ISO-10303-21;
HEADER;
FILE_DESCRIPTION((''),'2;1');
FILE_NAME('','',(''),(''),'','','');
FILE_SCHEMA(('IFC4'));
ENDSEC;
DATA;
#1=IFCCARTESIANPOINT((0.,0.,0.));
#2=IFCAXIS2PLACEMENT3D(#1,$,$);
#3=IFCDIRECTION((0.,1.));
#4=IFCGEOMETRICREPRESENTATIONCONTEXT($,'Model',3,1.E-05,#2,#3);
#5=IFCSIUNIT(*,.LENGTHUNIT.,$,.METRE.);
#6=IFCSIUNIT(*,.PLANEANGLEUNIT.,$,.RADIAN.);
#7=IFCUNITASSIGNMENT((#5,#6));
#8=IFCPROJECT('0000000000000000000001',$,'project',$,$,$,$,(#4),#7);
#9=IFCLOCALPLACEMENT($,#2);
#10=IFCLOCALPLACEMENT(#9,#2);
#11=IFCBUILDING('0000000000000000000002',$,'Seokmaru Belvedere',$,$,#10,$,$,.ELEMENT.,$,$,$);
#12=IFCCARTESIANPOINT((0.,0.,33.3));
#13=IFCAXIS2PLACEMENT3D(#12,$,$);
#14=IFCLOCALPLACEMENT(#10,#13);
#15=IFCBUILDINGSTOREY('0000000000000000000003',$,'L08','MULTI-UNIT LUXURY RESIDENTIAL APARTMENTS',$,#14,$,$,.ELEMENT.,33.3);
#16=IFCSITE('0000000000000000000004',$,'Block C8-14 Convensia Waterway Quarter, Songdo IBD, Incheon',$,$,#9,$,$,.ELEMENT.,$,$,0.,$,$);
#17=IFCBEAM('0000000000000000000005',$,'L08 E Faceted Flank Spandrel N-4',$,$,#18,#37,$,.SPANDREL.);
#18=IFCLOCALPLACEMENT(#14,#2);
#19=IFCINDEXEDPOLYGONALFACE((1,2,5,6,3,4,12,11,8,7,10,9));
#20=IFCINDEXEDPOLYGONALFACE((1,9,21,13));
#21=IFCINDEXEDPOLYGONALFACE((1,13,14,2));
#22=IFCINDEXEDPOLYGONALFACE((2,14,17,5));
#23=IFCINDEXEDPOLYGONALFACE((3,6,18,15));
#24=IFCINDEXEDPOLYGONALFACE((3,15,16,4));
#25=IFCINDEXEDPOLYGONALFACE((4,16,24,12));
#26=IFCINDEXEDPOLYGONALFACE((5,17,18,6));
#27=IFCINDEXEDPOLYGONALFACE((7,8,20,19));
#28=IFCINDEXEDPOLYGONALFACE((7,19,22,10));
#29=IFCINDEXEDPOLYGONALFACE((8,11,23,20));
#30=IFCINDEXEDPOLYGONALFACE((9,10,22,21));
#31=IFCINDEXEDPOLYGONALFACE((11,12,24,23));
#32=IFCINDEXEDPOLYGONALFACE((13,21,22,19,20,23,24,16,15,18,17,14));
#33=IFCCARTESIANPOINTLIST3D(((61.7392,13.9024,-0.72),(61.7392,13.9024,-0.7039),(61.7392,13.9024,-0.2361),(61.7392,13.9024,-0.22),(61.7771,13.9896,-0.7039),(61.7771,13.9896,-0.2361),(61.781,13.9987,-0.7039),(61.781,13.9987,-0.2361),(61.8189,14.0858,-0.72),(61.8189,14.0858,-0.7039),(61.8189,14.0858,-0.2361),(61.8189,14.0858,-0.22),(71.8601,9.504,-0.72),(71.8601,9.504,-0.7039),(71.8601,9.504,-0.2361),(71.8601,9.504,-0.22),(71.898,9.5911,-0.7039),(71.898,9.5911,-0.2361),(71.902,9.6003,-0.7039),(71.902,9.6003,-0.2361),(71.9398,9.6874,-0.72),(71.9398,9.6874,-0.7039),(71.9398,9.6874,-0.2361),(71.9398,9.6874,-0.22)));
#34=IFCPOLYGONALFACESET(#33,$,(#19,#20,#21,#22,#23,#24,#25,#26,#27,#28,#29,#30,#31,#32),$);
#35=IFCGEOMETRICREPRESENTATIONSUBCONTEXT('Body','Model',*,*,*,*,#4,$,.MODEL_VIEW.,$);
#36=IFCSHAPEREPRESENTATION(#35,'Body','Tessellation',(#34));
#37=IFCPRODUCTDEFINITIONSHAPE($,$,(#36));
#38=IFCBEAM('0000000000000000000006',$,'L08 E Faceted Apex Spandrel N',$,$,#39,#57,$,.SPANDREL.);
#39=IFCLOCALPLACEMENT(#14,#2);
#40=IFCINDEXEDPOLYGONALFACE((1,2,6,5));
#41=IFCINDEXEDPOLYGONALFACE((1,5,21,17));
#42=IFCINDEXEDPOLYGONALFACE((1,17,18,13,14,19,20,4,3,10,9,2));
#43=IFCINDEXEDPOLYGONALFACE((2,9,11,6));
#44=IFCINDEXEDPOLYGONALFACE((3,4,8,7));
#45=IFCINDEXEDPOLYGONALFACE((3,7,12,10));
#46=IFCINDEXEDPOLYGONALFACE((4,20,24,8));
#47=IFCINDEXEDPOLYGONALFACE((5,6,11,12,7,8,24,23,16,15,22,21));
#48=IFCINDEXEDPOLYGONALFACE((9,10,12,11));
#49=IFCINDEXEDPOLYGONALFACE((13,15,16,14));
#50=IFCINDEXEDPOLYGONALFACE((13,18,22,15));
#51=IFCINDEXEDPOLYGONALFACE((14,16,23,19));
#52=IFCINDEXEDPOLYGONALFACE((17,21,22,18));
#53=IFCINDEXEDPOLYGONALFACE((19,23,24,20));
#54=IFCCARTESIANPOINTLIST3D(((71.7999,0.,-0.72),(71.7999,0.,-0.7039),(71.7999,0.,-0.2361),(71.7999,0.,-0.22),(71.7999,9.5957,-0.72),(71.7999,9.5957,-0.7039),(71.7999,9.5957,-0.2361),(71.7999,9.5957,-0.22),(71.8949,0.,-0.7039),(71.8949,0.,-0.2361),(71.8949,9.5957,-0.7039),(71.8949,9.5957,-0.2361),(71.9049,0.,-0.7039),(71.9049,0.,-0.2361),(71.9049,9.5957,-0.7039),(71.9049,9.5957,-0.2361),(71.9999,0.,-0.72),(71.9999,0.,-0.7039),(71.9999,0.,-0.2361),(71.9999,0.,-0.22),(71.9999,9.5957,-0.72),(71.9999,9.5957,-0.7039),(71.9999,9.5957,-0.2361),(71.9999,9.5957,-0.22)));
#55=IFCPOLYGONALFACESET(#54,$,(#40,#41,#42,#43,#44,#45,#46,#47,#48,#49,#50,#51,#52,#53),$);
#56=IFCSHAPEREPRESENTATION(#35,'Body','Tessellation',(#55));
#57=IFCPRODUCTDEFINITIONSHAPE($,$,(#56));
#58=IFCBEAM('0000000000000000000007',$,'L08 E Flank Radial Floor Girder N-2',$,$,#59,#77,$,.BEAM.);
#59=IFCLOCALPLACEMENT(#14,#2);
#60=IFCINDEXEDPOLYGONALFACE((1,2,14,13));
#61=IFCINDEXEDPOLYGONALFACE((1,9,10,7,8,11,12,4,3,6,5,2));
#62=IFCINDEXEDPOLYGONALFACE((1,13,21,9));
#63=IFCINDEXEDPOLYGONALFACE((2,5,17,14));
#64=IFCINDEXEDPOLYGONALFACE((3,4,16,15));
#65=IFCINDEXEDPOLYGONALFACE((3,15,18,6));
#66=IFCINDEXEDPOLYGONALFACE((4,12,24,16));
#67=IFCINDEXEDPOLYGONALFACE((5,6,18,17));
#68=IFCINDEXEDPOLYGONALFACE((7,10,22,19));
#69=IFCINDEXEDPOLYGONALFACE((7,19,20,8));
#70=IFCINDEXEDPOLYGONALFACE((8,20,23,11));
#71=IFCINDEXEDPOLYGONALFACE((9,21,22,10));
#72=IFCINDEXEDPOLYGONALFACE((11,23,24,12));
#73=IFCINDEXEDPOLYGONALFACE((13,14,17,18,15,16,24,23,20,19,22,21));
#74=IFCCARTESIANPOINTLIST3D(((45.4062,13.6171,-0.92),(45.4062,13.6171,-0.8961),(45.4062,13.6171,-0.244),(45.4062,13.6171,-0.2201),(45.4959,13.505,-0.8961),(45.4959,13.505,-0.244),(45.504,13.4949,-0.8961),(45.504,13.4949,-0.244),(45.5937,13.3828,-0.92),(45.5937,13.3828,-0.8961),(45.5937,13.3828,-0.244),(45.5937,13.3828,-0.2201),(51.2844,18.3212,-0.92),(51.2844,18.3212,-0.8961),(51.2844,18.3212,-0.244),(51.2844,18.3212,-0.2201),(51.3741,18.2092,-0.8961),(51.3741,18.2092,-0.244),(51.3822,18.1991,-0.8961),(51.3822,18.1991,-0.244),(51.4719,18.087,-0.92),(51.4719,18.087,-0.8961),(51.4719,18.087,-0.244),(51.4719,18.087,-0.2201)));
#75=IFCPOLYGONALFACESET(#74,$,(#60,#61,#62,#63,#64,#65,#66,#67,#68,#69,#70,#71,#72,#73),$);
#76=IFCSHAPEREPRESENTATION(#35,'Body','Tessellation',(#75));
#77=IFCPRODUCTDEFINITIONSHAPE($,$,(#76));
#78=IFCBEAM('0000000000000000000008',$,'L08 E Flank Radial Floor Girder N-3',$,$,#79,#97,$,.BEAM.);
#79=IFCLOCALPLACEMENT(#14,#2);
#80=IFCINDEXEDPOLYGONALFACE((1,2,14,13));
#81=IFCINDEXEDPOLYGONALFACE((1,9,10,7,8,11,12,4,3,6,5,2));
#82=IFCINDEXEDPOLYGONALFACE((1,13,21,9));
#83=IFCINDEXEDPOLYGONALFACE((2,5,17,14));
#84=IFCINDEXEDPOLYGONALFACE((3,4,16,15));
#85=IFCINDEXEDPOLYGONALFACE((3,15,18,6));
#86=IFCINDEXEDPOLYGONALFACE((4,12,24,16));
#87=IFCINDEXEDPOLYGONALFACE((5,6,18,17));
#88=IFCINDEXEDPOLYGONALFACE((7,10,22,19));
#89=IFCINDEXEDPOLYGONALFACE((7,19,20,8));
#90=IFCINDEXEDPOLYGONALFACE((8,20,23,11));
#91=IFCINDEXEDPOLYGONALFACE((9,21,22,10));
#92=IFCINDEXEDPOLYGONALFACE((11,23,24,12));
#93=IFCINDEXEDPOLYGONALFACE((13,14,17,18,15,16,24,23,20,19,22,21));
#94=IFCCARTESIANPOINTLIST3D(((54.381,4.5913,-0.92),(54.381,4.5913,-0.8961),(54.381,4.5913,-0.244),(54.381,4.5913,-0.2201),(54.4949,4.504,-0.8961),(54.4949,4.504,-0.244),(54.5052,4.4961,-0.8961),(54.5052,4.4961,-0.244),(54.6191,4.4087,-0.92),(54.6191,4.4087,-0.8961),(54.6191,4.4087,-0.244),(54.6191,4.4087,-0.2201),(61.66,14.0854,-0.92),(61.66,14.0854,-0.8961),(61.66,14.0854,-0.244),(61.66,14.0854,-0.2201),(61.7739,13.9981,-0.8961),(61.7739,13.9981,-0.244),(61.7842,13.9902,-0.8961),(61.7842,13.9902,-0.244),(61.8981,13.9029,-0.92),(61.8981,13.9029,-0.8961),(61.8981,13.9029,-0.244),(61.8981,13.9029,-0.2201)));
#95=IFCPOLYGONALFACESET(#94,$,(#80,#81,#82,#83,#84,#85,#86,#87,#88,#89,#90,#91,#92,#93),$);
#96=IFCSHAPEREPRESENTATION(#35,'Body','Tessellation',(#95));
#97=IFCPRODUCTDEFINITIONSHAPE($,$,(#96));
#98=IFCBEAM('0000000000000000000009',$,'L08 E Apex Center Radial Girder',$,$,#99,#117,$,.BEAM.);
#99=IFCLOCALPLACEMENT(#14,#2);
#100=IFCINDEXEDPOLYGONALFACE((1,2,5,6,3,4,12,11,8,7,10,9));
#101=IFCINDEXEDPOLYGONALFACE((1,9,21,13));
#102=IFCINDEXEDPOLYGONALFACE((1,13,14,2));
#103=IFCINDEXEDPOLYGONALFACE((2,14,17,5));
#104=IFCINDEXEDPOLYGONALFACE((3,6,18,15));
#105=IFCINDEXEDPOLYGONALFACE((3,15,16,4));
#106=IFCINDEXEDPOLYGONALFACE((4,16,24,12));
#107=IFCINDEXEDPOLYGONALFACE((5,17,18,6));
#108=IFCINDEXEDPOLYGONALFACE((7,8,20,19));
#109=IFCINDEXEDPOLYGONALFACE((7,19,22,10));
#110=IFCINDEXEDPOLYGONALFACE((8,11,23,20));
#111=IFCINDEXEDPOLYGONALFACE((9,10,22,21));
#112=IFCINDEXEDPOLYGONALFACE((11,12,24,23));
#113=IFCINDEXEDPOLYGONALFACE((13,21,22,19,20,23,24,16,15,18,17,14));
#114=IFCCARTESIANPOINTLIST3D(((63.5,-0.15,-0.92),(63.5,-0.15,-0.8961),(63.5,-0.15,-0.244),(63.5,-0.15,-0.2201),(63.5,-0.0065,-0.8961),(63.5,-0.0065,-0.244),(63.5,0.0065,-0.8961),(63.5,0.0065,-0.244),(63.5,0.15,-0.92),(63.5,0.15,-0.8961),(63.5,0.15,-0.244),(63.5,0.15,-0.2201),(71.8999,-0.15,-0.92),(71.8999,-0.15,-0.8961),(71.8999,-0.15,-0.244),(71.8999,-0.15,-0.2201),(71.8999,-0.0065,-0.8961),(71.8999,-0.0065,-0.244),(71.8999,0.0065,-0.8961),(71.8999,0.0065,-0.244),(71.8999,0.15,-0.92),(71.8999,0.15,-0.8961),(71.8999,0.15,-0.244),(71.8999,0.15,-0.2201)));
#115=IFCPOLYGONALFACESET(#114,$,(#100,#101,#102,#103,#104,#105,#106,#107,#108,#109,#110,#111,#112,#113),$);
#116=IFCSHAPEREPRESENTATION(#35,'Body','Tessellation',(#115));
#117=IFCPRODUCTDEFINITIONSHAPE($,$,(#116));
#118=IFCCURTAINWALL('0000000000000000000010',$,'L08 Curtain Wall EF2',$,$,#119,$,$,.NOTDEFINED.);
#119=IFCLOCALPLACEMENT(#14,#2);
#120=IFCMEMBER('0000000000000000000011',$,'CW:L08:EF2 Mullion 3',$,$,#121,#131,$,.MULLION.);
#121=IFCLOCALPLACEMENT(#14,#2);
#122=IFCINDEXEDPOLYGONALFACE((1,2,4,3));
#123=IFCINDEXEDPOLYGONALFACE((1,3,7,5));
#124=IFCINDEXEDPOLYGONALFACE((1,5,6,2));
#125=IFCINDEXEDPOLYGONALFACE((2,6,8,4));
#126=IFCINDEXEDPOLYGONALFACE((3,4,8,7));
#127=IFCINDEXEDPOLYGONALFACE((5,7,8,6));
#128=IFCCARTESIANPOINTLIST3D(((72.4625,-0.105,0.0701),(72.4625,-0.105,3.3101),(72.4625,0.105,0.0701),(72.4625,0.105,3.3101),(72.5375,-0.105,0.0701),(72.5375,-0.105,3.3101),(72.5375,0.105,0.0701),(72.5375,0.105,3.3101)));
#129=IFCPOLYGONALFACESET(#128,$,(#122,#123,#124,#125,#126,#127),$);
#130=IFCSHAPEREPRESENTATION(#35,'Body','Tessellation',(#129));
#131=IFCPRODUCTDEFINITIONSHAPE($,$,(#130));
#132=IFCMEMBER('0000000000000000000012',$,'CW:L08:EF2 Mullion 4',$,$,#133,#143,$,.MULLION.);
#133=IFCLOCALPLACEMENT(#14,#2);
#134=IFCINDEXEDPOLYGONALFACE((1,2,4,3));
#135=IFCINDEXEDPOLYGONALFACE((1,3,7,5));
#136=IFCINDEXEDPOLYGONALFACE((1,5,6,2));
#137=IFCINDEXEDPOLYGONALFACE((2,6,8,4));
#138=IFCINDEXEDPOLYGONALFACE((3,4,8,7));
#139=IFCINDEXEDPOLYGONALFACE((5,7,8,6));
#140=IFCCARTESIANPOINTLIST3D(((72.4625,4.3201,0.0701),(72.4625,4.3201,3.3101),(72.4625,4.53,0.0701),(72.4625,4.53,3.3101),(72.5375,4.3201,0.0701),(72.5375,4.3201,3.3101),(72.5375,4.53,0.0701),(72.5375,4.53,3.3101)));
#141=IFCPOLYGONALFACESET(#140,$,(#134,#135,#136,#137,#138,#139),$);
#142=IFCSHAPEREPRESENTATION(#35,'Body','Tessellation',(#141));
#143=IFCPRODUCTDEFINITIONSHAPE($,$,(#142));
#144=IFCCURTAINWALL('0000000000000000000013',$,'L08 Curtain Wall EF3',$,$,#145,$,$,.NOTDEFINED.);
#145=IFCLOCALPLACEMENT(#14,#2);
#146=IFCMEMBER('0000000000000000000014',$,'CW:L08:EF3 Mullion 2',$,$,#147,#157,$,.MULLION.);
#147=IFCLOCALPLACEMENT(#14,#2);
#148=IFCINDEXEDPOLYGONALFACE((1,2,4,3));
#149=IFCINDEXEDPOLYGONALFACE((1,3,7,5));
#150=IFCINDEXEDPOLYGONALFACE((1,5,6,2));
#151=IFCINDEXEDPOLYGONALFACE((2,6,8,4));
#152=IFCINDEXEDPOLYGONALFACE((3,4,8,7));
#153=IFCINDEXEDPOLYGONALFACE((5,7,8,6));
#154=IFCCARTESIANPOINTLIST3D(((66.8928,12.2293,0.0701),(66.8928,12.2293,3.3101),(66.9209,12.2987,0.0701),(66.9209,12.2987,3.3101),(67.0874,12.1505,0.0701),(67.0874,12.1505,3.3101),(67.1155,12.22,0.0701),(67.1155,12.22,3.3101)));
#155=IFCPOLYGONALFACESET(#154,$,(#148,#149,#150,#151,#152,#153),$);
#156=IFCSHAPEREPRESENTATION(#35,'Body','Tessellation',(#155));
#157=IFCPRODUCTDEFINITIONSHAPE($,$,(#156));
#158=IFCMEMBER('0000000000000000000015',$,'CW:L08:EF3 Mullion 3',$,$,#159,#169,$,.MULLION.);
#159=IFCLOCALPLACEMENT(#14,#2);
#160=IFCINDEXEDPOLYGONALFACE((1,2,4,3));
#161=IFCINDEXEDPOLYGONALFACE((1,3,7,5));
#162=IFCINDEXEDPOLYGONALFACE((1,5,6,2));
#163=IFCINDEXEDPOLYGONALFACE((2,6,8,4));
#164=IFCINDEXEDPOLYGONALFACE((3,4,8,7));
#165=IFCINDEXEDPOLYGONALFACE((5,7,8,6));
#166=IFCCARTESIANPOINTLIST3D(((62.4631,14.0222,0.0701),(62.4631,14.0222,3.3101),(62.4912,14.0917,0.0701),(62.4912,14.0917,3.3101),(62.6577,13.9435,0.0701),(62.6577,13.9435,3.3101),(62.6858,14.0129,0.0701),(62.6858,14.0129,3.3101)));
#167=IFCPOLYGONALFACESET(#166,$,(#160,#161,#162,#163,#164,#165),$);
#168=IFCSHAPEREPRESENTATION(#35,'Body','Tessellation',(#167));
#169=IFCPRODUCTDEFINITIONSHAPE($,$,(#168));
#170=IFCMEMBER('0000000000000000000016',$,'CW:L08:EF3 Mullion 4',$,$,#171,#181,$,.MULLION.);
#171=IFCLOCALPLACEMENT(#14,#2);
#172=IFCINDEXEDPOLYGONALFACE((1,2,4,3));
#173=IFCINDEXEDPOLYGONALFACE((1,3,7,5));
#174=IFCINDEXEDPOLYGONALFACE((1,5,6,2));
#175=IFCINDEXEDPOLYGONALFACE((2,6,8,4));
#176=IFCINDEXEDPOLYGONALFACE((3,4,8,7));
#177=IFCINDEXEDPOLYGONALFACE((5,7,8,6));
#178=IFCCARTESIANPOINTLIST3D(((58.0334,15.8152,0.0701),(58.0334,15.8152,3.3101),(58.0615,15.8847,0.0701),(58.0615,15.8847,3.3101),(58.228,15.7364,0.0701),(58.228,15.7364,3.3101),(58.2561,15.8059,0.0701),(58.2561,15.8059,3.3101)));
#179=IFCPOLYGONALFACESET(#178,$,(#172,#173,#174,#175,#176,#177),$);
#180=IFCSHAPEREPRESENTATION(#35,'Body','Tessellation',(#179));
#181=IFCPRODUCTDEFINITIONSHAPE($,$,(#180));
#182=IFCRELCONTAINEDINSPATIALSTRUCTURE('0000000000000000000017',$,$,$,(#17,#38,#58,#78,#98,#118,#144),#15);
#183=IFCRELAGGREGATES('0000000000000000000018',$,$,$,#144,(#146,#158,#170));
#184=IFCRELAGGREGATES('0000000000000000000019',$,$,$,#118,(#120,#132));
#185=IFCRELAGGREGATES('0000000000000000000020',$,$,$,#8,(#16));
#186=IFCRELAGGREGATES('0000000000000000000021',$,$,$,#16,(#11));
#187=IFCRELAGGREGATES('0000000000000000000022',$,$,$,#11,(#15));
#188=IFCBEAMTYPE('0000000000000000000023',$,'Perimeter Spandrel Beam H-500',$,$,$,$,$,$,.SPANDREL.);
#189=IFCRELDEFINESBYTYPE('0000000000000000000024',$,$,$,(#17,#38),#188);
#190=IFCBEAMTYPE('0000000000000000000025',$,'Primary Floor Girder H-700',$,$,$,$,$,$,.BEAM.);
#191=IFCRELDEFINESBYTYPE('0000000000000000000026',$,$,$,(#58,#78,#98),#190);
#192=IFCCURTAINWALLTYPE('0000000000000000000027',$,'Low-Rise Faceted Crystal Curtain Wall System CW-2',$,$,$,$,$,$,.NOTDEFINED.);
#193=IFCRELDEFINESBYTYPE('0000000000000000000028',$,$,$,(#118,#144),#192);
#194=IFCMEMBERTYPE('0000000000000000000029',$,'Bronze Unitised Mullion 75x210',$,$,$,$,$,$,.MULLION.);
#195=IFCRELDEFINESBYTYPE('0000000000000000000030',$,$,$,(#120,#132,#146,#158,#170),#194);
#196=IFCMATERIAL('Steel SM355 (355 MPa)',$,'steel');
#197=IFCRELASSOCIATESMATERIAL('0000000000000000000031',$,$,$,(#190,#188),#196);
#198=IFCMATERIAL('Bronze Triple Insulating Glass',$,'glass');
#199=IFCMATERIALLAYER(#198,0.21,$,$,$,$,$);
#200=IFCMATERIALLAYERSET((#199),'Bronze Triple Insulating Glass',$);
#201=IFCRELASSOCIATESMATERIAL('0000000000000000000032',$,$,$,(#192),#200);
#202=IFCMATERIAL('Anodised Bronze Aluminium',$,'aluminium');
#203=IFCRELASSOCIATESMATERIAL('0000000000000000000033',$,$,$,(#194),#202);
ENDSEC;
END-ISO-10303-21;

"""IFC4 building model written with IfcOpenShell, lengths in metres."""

from ifc_helpers import new_model, si_unit, direction, frame, origin, origin_2d, place, context, subcontext, project, spatial, rectangle, i_section, extrude, source, transform, mapped, material, layer, layer_set, material_profile, profile_set, type_object, element, aggregate, save


model = new_model("IFC4")

# Units and contexts
model_context = context("Model", 3, precision=1e-05, world=origin(), true_north=direction((0.0, 1.0)))
body_context = subcontext(model_context, "Body", "Model", "MODEL_VIEW")
ifc_project = project(units=[si_unit("LENGTHUNIT", "METRE"), si_unit("PLANEANGLEUNIT", "RADIAN")], contexts=[model_context])

# Site, building, storey
site_placement = place(None, origin())
site = spatial("IfcSite", under=ifc_project, at=site_placement, Name="Block C8-14 Convensia Waterway Quarter, Songdo IBD, Incheon", CompositionType="ELEMENT", RefElevation=0.0)
building_placement = place(site_placement, origin())
building = spatial("IfcBuilding", under=site, at=building_placement, Name="Seokmaru Belvedere", CompositionType="ELEMENT")
storey_placement = place(building_placement, frame((0.0, 0.0, 33.3)))
storey = spatial("IfcBuildingStorey", under=building, at=storey_placement, Name="L08", Description="MULTI-UNIT LUXURY RESIDENTIAL APARTMENTS", CompositionType="ELEMENT", Elevation=33.3)

# Shared definitions
ifc_material_1 = material(Name="Steel SM355 (355 MPa)", Category="steel")

# Beams
ifc_material_profile_1 = material_profile(ifc_material_1, i_section(OverallWidth=0.3, OverallDepth=0.7, WebThickness=0.0129, FlangeThickness=0.0239, at=origin_2d()), Name="H-700x300x13x24")
ifc_profile_set_1 = profile_set([ifc_material_profile_1], Name="Steel SM355 (355 MPa)")
beam_type_1 = type_object("IfcBeamType", Name="Primary Floor Girder H-700", PredefinedType="BEAM", material=ifc_profile_set_1)
ifc_material_profile_2 = material_profile(ifc_material_1, i_section(OverallWidth=0.2, OverallDepth=0.5, WebThickness=0.01, FlangeThickness=0.0161, at=origin_2d()), Name="H-500x200x10x16")
ifc_profile_set_2 = profile_set([ifc_material_profile_2], Name="Steel SM355 (355 MPa)")
beam_type_2 = type_object("IfcBeamType", Name="Perimeter Spandrel Beam H-500", PredefinedType="SPANDREL", material=ifc_profile_set_2)
shared_shape_1 = source(origin(), body_context, "Body", "SweptSolid", [
    extrude(i_section(OverallWidth=0.2, OverallDepth=0.5, WebThickness=0.01, FlangeThickness=0.0161, at=origin_2d()), origin(), (0.0, 0.0, 1.0), 11.0354),
])
beam_1_placement = place(storey_placement, frame((61.7791, 13.9941, -0.47), z_axis=(0.917134, -0.398579, 0.0), x_axis=(0.398579, 0.917134, 0.0)))
element("IfcBeam", 1, at=beam_1_placement, inside=storey, type_object=beam_type_2, Name="L08 E Faceted Flank Spandrel N-4", PredefinedType="SPANDREL", context=body_context, shape_type="MappedRepresentation", body=[
    mapped(shared_shape_1, transform((0.0, 0.0, 0.0), scale=1.0)),
])
shared_shape_2 = source(origin(), body_context, "Body", "SweptSolid", [
    extrude(i_section(OverallWidth=0.2, OverallDepth=0.5, WebThickness=0.01, FlangeThickness=0.0161, at=origin_2d()), origin(), (0.0, 0.0, 1.0), 9.5957),
])
beam_2_placement = place(storey_placement, frame((71.8999, 0.0, -0.47), z_axis=(0.0, 1.0, 0.0), x_axis=(-1.0, 0.0, 0.0)))
element("IfcBeam", 2, at=beam_2_placement, inside=storey, type_object=beam_type_2, Name="L08 E Faceted Apex Spandrel N", PredefinedType="SPANDREL", context=body_context, shape_type="MappedRepresentation", body=[
    mapped(shared_shape_2, transform((0.0, 0.0, 0.0), scale=1.0)),
])
shared_shape_3 = source(origin(), body_context, "Body", "SweptSolid", [
    extrude(i_section(OverallWidth=0.3, OverallDepth=0.7, WebThickness=0.0129, FlangeThickness=0.0239, at=origin_2d()), origin(), (0.0, 0.0, 1.0), 7.5288),
])
beam_3_placement = place(storey_placement, frame((51.3782, 18.2041, -0.5701), z_axis=(-0.780768, -0.624822, 0.0), x_axis=(0.624822, -0.780768, 0.0)))
element("IfcBeam", 3, at=beam_3_placement, inside=storey, type_object=beam_type_1, Name="L08 E Flank Radial Floor Girder N-2", PredefinedType="BEAM", context=body_context, shape_type="MappedRepresentation", body=[
    mapped(shared_shape_3, transform((0.0, 0.0, 0.0), scale=1.0)),
])
shared_shape_4 = source(origin(), body_context, "Body", "SweptSolid", [
    extrude(i_section(OverallWidth=0.3, OverallDepth=0.7, WebThickness=0.0129, FlangeThickness=0.0239, at=origin_2d()), origin(), (0.0, 0.0, 1.0), 11.9634),
])
beam_4_placement = place(storey_placement, frame((61.7791, 13.9941, -0.5701), z_axis=(-0.608443, -0.793598, 0.0), x_axis=(0.793598, -0.608443, 0.0)))
element("IfcBeam", 4, at=beam_4_placement, inside=storey, type_object=beam_type_1, Name="L08 E Flank Radial Floor Girder N-3", PredefinedType="BEAM", context=body_context, shape_type="MappedRepresentation", body=[
    mapped(shared_shape_4, transform((0.0, 0.0, 0.0), scale=1.0)),
])
shared_shape_5 = source(origin(), body_context, "Body", "SweptSolid", [
    extrude(i_section(OverallWidth=0.3, OverallDepth=0.7, WebThickness=0.0129, FlangeThickness=0.0239, at=origin_2d()), origin(), (0.0, 0.0, 1.0), 8.3999),
])
beam_5_placement = place(storey_placement, frame((71.8999, 0.0, -0.5701), z_axis=(-1.0, 0.0, 0.0), x_axis=(0.0, -1.0, 0.0)))
element("IfcBeam", 5, at=beam_5_placement, inside=storey, type_object=beam_type_1, Name="L08 E Apex Center Radial Girder", PredefinedType="BEAM", context=body_context, shape_type="MappedRepresentation", body=[
    mapped(shared_shape_5, transform((0.0, 0.0, 0.0), scale=1.0)),
])

# Curtain walls, members
ifc_material_2 = material(Name="Bronze Triple Insulating Glass", Category="glass")
ifc_layer_1 = layer(ifc_material_2, 0.21)
ifc_layer_set_1 = layer_set([ifc_layer_1], Name="Bronze Triple Insulating Glass")
curtain_wall_type = type_object("IfcCurtainWallType", Name="Low-Rise Faceted Crystal Curtain Wall System CW-2", PredefinedType="NOTDEFINED", material=ifc_layer_set_1)
curtain_wall_1_placement = place(storey_placement, origin())
curtain_wall_1 = element("IfcCurtainWall", 6, at=curtain_wall_1_placement, inside=storey, type_object=curtain_wall_type, Name="L08 Curtain Wall EF2", PredefinedType="NOTDEFINED")
ifc_material_3 = material(Name="Anodised Bronze Aluminium", Category="aluminium")
ifc_material_profile_3 = material_profile(ifc_material_3, rectangle(XDim=0.075, YDim=0.21, at=origin_2d()), Name="CW-M-75x210")
ifc_profile_set_3 = profile_set([ifc_material_profile_3], Name="Anodised Bronze Aluminium")
member_type_1 = type_object("IfcMemberType", Name="Bronze Unitised Mullion 75x210", PredefinedType="MULLION", material=ifc_profile_set_3)
shared_shape_6 = source(origin(), body_context, "Body", "SweptSolid", [
    extrude(rectangle(XDim=0.075, YDim=0.21, at=origin_2d()), origin(), (0.0, 0.0, 1.0), 3.24),
])
member_1_placement = place(storey_placement, frame((72.5, 0.0, 0.0701), z_axis=(0.0, 0.0, 1.0), x_axis=(-1.0, 0.0, 0.0)))
member_1 = element("IfcMember", 7, at=member_1_placement, type_object=member_type_1, Name="CW:L08:EF2 Mullion 3", PredefinedType="MULLION", context=body_context, shape_type="MappedRepresentation", body=[
    mapped(shared_shape_6, transform((0.0, 0.0, 0.0), scale=1.0)),
])
member_2_placement = place(storey_placement, frame((72.5, 4.425, 0.0701), z_axis=(0.0, 0.0, 1.0), x_axis=(-1.0, 0.0, 0.0)))
member_2 = element("IfcMember", 8, at=member_2_placement, type_object=member_type_1, Name="CW:L08:EF2 Mullion 4", PredefinedType="MULLION", context=body_context, shape_type="MappedRepresentation", body=[
    mapped(shared_shape_6, transform((0.0, 0.0, 0.0), scale=1.0)),
])
curtain_wall_2_placement = place(storey_placement, origin())
curtain_wall_2 = element("IfcCurtainWall", 9, at=curtain_wall_2_placement, inside=storey, type_object=curtain_wall_type, Name="L08 Curtain Wall EF3", PredefinedType="NOTDEFINED")
member_3_placement = place(storey_placement, frame((67.0042, 12.2246, 0.0701), z_axis=(0.0, 0.0, 1.0), x_axis=(-0.375192, -0.926947, 0.0)))
member_3 = element("IfcMember", 10, at=member_3_placement, type_object=member_type_1, Name="CW:L08:EF3 Mullion 2", PredefinedType="MULLION", context=body_context, shape_type="MappedRepresentation", body=[
    mapped(shared_shape_6, transform((0.0, 0.0, 0.0), scale=1.0)),
])
member_4_placement = place(storey_placement, frame((62.5745, 14.0176, 0.0701), z_axis=(0.0, 0.0, 1.0), x_axis=(-0.375192, -0.926947, 0.0)))
member_4 = element("IfcMember", 11, at=member_4_placement, type_object=member_type_1, Name="CW:L08:EF3 Mullion 3", PredefinedType="MULLION", context=body_context, shape_type="MappedRepresentation", body=[
    mapped(shared_shape_6, transform((0.0, 0.0, 0.0), scale=1.0)),
])
member_5_placement = place(storey_placement, frame((58.1448, 15.8105, 0.0701), z_axis=(0.0, 0.0, 1.0), x_axis=(-0.375192, -0.926947, 0.0)))
member_5 = element("IfcMember", 12, at=member_5_placement, type_object=member_type_1, Name="CW:L08:EF3 Mullion 4", PredefinedType="MULLION", context=body_context, shape_type="MappedRepresentation", body=[
    mapped(shared_shape_6, transform((0.0, 0.0, 0.0), scale=1.0)),
])

aggregate(curtain_wall_2, [member_3, member_4, member_5])
aggregate(curtain_wall_1, [member_1, member_2])

save(model, "model.ifc")
